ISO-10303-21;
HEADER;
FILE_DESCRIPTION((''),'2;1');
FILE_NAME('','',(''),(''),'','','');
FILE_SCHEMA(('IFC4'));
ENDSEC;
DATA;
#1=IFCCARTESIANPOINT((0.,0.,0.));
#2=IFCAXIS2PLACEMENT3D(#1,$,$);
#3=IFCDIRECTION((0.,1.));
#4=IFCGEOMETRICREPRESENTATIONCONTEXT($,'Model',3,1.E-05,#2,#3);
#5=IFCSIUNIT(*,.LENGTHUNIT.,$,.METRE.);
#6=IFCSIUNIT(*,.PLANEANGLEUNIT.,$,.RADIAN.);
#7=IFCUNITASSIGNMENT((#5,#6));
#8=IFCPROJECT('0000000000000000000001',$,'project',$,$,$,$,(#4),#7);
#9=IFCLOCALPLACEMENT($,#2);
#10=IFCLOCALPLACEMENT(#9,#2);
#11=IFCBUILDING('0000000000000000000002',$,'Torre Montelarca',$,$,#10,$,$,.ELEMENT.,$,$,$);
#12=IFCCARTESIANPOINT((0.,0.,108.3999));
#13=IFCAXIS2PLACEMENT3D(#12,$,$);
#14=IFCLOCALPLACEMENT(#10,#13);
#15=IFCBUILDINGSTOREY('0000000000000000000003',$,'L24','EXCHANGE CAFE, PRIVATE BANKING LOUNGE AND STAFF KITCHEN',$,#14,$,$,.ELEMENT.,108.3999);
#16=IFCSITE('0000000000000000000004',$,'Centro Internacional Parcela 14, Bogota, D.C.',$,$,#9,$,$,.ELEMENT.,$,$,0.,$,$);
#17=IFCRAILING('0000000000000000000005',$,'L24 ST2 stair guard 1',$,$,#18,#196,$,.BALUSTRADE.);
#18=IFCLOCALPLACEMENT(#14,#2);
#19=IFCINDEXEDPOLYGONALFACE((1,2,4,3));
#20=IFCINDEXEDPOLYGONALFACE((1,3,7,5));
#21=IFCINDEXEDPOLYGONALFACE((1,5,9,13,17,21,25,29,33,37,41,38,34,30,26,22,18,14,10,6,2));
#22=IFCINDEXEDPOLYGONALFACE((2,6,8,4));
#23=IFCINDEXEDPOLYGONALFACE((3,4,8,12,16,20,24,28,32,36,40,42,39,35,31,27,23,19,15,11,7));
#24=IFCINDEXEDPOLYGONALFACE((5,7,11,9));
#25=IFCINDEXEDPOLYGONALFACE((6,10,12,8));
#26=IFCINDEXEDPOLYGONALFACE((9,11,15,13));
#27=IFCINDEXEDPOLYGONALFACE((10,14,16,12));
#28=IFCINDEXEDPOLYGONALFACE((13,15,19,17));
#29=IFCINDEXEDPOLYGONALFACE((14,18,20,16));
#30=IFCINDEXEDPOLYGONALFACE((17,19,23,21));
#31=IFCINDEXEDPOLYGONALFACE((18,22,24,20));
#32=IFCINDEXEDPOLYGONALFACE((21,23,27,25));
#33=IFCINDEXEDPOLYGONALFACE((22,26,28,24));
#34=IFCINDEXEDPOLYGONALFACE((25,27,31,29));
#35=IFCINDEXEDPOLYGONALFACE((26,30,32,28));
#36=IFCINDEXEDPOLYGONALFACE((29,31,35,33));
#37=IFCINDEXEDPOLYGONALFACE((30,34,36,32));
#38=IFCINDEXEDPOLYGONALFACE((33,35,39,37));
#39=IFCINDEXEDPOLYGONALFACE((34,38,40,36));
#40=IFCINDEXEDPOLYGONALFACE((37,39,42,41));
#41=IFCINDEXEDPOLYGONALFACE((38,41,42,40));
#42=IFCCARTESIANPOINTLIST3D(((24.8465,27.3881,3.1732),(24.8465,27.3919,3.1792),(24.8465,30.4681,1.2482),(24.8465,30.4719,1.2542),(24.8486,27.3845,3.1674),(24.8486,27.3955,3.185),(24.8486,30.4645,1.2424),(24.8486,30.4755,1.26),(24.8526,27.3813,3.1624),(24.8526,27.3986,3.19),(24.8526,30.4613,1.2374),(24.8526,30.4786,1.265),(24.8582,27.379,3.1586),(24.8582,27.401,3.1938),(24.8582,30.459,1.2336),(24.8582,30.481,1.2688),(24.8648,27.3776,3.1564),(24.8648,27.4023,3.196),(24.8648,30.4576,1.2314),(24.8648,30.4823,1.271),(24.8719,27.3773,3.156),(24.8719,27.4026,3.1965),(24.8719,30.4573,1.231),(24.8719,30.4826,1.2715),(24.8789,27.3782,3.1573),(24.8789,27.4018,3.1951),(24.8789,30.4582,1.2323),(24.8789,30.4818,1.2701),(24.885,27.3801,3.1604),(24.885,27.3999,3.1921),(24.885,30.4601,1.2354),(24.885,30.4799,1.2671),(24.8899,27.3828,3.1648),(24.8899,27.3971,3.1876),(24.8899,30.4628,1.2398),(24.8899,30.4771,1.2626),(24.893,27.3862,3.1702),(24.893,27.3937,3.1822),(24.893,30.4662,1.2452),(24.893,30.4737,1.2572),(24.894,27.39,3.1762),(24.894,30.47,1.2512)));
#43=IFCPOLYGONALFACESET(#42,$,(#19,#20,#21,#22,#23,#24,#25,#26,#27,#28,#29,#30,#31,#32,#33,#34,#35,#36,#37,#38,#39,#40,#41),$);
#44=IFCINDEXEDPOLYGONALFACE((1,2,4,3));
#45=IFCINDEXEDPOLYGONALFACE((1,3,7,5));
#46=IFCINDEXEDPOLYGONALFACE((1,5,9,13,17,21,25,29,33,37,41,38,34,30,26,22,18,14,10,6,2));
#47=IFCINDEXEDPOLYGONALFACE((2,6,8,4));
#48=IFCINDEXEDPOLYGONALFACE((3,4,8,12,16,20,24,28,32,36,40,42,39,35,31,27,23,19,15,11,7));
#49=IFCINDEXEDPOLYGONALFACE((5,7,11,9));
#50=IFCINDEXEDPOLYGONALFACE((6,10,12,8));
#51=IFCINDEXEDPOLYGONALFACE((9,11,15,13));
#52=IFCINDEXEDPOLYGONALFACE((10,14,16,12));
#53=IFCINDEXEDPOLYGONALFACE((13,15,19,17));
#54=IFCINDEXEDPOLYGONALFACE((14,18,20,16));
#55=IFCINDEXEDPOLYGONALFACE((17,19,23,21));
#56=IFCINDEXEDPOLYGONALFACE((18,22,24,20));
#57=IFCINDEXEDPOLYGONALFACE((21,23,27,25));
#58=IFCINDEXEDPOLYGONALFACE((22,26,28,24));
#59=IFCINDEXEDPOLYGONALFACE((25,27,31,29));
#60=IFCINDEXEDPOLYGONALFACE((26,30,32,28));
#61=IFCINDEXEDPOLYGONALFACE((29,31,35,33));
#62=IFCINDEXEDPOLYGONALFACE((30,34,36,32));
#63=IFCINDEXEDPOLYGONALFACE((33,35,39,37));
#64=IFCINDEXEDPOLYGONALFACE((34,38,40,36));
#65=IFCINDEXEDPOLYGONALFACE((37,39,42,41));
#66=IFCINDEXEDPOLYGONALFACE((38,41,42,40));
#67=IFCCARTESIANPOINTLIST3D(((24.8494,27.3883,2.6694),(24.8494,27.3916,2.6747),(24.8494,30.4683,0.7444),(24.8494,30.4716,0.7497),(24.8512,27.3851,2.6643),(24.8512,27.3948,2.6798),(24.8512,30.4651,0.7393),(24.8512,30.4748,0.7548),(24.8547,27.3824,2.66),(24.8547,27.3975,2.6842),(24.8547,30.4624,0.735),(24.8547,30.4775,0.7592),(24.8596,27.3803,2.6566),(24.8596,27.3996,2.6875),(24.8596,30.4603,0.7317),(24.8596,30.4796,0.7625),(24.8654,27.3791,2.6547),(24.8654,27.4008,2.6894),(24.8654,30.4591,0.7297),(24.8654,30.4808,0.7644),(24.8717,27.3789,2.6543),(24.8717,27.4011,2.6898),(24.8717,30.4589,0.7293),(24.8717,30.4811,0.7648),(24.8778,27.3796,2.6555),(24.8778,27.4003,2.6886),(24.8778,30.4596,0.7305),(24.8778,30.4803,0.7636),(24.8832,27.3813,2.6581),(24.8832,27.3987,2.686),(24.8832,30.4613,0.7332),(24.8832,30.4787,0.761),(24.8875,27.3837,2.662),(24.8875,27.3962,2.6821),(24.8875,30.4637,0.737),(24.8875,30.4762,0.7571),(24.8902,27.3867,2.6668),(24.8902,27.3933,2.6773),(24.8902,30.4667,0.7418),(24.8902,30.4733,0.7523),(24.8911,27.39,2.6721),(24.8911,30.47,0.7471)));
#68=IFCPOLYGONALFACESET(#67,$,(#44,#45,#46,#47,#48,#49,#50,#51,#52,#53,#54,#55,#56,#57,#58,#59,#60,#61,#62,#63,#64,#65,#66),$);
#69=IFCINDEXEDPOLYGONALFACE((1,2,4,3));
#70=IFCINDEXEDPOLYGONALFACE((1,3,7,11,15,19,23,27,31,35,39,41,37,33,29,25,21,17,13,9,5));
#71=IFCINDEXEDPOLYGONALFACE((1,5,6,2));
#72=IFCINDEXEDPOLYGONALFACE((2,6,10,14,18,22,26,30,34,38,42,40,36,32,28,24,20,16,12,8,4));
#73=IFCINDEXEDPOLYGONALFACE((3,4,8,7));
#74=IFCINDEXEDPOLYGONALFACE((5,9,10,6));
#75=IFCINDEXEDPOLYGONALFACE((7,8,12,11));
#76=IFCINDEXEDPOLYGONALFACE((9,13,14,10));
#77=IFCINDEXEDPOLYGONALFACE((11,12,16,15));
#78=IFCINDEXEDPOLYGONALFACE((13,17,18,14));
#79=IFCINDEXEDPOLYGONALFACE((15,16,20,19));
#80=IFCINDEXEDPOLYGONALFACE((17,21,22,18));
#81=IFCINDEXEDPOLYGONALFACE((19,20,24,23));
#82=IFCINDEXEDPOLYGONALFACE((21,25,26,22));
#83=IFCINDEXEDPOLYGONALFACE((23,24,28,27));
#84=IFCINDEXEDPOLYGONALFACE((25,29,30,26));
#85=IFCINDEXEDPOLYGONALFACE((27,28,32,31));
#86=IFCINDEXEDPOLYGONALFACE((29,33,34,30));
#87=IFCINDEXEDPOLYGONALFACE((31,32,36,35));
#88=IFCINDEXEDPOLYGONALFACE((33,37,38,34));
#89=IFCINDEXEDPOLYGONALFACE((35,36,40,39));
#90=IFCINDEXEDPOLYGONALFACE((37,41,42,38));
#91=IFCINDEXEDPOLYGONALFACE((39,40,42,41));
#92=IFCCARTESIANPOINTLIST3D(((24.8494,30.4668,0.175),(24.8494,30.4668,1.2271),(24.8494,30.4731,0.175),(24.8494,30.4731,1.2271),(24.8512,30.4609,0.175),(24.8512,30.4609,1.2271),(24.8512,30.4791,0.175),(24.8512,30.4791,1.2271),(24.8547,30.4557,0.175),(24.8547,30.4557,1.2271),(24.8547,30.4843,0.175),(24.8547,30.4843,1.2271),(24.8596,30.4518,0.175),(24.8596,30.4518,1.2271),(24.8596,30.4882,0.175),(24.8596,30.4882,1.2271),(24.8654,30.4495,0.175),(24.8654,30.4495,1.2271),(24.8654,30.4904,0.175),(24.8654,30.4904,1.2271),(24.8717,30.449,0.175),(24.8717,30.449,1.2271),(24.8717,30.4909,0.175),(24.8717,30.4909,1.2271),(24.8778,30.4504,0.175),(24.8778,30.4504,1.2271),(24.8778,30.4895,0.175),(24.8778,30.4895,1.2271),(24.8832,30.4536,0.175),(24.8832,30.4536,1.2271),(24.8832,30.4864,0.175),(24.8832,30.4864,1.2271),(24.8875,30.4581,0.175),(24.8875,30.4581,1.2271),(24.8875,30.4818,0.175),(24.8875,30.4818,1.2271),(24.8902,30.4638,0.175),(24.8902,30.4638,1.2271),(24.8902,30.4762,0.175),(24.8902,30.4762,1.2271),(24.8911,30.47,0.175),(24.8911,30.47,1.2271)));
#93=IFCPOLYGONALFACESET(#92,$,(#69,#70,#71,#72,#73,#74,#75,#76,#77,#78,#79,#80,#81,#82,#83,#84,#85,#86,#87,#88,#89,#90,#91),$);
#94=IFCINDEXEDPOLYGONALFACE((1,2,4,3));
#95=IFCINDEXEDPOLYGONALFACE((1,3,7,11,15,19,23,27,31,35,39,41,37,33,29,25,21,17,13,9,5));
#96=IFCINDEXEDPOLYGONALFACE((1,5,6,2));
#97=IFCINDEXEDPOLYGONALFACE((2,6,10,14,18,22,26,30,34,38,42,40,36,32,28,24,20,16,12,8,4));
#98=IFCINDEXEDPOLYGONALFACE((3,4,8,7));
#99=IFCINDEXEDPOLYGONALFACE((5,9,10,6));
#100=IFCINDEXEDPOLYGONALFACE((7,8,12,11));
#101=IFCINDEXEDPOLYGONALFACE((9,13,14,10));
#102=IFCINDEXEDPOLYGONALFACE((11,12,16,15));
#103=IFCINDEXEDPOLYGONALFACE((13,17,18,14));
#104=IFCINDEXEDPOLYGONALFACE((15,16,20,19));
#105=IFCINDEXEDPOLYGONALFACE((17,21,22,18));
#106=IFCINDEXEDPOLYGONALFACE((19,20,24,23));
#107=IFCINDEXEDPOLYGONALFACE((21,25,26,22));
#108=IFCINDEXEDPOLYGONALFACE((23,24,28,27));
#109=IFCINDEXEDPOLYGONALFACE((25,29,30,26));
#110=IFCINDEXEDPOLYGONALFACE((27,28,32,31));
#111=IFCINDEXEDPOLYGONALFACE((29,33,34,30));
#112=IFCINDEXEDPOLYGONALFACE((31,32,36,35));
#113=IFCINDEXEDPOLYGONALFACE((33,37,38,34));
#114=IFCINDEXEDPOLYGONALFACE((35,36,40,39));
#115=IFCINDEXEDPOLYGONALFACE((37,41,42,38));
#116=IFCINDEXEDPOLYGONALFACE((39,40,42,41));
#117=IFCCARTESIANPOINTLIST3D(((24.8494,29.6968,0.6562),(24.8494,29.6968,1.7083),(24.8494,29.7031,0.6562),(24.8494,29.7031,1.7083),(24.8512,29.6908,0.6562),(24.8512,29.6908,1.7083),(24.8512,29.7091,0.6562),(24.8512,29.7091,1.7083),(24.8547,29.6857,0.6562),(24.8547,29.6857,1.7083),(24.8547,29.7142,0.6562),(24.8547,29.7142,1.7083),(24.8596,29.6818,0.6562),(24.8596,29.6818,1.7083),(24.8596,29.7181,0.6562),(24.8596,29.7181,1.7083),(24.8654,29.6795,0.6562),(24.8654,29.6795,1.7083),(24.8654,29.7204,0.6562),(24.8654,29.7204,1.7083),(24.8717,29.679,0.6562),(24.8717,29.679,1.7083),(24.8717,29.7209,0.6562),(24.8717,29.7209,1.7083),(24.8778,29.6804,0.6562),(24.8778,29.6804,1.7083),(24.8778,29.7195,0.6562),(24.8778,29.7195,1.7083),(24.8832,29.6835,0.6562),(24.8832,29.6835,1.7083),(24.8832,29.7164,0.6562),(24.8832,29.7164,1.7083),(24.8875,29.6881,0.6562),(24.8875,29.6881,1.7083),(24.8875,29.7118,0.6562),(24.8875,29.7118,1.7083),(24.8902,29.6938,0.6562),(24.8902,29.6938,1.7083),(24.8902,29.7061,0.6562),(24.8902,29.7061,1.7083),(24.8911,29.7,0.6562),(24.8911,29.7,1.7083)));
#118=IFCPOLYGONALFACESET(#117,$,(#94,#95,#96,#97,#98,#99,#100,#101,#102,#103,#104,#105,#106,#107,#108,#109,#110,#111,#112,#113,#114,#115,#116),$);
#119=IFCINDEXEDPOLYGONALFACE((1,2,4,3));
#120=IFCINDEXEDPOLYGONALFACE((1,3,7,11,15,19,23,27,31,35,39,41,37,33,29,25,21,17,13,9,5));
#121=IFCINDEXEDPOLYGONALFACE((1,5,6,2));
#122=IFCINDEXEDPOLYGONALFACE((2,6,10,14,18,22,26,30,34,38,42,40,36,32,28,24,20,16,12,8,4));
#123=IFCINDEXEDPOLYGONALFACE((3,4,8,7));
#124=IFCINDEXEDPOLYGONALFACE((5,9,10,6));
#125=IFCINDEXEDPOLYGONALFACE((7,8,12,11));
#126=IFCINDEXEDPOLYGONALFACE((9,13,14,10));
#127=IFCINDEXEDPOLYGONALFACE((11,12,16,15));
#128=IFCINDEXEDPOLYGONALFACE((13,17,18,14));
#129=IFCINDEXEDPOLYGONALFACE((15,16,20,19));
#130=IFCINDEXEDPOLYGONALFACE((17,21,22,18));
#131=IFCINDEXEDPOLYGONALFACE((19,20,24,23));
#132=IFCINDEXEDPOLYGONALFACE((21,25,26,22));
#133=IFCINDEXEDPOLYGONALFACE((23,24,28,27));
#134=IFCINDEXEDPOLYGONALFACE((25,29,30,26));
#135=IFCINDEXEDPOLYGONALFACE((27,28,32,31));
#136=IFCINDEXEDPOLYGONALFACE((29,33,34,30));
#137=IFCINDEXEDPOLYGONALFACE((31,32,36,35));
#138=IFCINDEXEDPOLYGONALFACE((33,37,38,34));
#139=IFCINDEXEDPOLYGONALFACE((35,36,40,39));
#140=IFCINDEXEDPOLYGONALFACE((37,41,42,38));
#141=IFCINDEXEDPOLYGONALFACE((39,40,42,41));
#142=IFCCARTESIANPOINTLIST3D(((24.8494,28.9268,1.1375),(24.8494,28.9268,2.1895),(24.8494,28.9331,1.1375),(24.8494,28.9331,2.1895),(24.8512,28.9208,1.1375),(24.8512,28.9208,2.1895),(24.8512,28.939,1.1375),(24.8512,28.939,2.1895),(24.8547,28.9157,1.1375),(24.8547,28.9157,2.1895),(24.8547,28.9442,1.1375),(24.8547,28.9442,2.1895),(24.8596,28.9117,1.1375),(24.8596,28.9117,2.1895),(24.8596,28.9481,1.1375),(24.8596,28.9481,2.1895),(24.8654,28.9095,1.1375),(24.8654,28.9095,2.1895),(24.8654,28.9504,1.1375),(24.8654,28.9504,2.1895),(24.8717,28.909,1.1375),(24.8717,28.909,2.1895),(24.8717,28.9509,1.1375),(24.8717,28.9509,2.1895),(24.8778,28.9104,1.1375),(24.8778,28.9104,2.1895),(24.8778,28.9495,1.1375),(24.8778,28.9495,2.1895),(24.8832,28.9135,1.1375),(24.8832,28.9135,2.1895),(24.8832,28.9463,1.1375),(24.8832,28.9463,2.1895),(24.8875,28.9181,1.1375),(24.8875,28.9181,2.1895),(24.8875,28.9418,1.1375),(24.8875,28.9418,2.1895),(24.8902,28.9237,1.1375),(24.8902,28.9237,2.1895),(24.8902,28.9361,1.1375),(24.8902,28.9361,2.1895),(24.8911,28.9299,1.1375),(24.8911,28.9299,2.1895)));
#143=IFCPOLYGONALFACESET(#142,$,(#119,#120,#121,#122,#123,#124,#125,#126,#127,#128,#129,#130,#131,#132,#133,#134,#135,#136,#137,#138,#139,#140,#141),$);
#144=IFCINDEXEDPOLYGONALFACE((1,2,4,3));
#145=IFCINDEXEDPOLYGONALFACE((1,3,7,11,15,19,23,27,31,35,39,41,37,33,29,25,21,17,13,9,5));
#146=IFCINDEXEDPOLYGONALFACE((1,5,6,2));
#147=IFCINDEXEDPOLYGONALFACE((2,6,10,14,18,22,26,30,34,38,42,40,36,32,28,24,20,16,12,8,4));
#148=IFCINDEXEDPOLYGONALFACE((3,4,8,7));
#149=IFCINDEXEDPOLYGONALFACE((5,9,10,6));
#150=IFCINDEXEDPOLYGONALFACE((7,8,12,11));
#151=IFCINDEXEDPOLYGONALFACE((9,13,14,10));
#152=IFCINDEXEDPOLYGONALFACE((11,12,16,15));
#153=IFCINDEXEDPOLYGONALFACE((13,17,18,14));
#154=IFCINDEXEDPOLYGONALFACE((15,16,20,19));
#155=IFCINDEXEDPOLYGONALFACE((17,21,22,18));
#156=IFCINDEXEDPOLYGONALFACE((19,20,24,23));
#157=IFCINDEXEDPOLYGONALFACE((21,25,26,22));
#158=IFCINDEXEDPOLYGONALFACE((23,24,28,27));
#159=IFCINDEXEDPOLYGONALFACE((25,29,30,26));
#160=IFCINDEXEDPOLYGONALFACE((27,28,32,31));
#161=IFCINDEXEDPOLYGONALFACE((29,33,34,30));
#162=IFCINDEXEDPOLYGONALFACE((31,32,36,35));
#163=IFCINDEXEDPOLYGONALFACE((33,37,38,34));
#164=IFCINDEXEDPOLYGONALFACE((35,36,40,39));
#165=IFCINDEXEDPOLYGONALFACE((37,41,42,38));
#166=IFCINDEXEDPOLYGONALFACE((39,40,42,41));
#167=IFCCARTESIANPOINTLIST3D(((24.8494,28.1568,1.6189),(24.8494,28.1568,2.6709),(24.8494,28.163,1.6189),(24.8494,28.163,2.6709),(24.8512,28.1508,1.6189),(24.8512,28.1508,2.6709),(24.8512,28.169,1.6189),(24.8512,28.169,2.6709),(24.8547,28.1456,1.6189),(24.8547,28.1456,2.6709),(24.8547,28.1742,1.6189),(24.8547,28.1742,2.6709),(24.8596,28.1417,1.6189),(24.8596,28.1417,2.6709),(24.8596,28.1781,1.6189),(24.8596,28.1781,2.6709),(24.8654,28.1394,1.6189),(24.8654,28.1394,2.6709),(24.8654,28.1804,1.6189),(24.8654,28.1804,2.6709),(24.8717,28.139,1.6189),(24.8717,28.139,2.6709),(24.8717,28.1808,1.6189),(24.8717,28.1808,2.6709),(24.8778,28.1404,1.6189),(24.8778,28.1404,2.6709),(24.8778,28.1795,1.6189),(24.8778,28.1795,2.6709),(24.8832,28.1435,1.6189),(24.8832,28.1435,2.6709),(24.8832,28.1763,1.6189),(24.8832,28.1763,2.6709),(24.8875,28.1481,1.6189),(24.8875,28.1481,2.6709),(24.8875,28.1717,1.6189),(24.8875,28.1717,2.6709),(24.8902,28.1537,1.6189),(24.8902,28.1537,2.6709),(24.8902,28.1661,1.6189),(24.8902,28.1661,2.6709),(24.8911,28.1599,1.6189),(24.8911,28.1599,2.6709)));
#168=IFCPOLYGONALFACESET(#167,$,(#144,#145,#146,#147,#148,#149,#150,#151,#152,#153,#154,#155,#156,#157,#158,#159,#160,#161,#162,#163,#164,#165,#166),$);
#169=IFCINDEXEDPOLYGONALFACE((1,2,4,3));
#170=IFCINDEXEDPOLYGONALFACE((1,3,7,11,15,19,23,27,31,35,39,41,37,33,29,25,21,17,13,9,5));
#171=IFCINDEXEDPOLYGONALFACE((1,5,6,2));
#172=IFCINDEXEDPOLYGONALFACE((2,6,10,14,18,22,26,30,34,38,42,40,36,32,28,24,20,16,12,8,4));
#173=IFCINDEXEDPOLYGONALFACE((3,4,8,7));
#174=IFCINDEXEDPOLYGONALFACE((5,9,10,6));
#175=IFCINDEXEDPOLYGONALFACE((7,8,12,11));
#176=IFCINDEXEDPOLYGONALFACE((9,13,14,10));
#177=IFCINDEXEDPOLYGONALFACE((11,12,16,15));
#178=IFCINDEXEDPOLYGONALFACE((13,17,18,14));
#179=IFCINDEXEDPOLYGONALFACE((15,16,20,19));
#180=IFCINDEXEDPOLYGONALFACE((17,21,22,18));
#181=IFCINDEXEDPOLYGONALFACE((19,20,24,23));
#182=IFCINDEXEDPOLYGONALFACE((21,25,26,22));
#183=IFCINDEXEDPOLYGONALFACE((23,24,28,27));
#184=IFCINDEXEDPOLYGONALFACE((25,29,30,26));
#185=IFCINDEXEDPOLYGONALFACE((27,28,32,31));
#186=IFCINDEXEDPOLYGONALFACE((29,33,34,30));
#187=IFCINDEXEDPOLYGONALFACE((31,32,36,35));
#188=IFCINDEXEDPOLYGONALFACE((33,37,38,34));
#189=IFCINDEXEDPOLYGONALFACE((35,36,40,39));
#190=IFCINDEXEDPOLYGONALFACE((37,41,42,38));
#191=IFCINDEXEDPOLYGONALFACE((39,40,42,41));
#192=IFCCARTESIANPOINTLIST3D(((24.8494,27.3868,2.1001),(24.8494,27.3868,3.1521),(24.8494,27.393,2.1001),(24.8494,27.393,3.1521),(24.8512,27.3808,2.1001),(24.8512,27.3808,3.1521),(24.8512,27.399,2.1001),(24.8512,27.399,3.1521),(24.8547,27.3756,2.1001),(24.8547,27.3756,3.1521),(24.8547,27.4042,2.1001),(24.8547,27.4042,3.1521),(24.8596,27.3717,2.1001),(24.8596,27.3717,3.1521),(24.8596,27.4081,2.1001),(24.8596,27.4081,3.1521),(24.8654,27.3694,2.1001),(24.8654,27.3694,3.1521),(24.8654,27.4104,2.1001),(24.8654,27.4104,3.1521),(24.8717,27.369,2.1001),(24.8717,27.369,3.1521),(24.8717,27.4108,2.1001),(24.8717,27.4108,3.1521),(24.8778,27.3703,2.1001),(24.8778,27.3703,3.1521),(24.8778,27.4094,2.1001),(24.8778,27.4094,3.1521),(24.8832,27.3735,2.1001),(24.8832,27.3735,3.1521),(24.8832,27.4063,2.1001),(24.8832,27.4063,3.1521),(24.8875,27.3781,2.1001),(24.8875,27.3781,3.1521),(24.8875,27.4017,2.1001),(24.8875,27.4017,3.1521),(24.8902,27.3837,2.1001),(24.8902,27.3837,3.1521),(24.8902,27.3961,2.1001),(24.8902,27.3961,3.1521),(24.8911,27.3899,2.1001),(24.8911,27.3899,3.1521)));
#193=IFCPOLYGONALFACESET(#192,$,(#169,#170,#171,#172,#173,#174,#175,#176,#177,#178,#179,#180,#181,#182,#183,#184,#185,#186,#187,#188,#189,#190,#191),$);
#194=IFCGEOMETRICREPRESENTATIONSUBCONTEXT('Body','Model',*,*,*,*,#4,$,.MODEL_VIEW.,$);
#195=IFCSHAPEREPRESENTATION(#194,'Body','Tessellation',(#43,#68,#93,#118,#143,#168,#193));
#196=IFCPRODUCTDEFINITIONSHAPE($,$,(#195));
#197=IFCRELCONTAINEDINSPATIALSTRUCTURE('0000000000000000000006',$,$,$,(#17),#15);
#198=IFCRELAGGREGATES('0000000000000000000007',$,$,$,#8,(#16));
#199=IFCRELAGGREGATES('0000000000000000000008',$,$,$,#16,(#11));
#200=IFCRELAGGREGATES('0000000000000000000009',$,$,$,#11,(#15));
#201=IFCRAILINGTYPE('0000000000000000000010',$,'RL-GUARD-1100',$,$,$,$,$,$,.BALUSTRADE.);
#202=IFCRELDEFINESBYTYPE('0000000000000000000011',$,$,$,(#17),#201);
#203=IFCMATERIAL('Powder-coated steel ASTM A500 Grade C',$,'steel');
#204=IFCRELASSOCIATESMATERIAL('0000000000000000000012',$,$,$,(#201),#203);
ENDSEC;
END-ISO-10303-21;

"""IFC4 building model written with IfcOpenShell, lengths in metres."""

from ifc_helpers import new_model, si_unit, direction, frame, origin, origin_2d, place, context, subcontext, project, spatial, circle, extrude, material, type_object, element, save


model = new_model("IFC4")

# Units and contexts
model_context = context("Model", 3, precision=1e-05, world=origin(), true_north=direction((0.0, 1.0)))
body_context = subcontext(model_context, "Body", "Model", "MODEL_VIEW")
ifc_project = project(units=[si_unit("LENGTHUNIT", "METRE"), si_unit("PLANEANGLEUNIT", "RADIAN")], contexts=[model_context])

# Site, building, storey
site_placement = place(None, origin())
site = spatial("IfcSite", under=ifc_project, at=site_placement, Name="Centro Internacional Parcela 14, Bogota, D.C.", CompositionType="ELEMENT", RefElevation=0.0)
building_placement = place(site_placement, origin())
building = spatial("IfcBuilding", under=site, at=building_placement, Name="Torre Montelarca", CompositionType="ELEMENT")
storey_placement = place(building_placement, frame((0.0, 0.0, 108.3999)))
storey = spatial("IfcBuildingStorey", under=building, at=storey_placement, Name="L24", Description="EXCHANGE CAFE, PRIVATE BANKING LOUNGE AND STAFF KITCHEN", CompositionType="ELEMENT", Elevation=108.3999)

# Railing
ifc_material_1 = material(Name="Powder-coated steel ASTM A500 Grade C", Category="steel")
railing_type_1 = type_object("IfcRailingType", Name="RL-GUARD-1100", PredefinedType="BALUSTRADE", material=ifc_material_1)
railing_1_placement = place(storey_placement, frame((24.8701, 30.47, 0.175)))
element("IfcRailing", 1, at=railing_1_placement, inside=storey, type_object=railing_type_1, Name="L24 ST2 stair guard 1", PredefinedType="BALUSTRADE", context=body_context, shape_type="SweptSolid", body=[
    extrude(circle(Radius=0.0239, at=origin_2d()), frame((0.0, 0.0, 1.0762), z_axis=(0.0, -0.847998, 0.529999), x_axis=(1.0, 0.0, 0.0)), (0.0, 0.0, 1.0), 3.6321),
    extrude(circle(Radius=0.021, at=origin_2d()), frame((0.0, 0.0, 0.572), z_axis=(0.0, -0.847998, 0.529999), x_axis=(1.0, 0.0, 0.0)), (0.0, 0.0, 1.0), 3.6321),
    extrude(circle(Radius=0.021, at=origin_2d()), origin(), (0.0, 0.0, 1.0), 1.052),
    extrude(circle(Radius=0.021, at=origin_2d()), frame((0.0, -0.77, 0.4812)), (0.0, 0.0, 1.0), 1.052),
    extrude(circle(Radius=0.021, at=origin_2d()), frame((0.0, -1.54, 0.9624)), (0.0, 0.0, 1.0), 1.052),
    extrude(circle(Radius=0.021, at=origin_2d()), frame((0.0, -2.3101, 1.4438)), (0.0, 0.0, 1.0), 1.052),
    extrude(circle(Radius=0.021, at=origin_2d()), frame((0.0, -3.0801, 1.925)), (0.0, 0.0, 1.0), 1.052),
])

save(model, "model.ifc")
